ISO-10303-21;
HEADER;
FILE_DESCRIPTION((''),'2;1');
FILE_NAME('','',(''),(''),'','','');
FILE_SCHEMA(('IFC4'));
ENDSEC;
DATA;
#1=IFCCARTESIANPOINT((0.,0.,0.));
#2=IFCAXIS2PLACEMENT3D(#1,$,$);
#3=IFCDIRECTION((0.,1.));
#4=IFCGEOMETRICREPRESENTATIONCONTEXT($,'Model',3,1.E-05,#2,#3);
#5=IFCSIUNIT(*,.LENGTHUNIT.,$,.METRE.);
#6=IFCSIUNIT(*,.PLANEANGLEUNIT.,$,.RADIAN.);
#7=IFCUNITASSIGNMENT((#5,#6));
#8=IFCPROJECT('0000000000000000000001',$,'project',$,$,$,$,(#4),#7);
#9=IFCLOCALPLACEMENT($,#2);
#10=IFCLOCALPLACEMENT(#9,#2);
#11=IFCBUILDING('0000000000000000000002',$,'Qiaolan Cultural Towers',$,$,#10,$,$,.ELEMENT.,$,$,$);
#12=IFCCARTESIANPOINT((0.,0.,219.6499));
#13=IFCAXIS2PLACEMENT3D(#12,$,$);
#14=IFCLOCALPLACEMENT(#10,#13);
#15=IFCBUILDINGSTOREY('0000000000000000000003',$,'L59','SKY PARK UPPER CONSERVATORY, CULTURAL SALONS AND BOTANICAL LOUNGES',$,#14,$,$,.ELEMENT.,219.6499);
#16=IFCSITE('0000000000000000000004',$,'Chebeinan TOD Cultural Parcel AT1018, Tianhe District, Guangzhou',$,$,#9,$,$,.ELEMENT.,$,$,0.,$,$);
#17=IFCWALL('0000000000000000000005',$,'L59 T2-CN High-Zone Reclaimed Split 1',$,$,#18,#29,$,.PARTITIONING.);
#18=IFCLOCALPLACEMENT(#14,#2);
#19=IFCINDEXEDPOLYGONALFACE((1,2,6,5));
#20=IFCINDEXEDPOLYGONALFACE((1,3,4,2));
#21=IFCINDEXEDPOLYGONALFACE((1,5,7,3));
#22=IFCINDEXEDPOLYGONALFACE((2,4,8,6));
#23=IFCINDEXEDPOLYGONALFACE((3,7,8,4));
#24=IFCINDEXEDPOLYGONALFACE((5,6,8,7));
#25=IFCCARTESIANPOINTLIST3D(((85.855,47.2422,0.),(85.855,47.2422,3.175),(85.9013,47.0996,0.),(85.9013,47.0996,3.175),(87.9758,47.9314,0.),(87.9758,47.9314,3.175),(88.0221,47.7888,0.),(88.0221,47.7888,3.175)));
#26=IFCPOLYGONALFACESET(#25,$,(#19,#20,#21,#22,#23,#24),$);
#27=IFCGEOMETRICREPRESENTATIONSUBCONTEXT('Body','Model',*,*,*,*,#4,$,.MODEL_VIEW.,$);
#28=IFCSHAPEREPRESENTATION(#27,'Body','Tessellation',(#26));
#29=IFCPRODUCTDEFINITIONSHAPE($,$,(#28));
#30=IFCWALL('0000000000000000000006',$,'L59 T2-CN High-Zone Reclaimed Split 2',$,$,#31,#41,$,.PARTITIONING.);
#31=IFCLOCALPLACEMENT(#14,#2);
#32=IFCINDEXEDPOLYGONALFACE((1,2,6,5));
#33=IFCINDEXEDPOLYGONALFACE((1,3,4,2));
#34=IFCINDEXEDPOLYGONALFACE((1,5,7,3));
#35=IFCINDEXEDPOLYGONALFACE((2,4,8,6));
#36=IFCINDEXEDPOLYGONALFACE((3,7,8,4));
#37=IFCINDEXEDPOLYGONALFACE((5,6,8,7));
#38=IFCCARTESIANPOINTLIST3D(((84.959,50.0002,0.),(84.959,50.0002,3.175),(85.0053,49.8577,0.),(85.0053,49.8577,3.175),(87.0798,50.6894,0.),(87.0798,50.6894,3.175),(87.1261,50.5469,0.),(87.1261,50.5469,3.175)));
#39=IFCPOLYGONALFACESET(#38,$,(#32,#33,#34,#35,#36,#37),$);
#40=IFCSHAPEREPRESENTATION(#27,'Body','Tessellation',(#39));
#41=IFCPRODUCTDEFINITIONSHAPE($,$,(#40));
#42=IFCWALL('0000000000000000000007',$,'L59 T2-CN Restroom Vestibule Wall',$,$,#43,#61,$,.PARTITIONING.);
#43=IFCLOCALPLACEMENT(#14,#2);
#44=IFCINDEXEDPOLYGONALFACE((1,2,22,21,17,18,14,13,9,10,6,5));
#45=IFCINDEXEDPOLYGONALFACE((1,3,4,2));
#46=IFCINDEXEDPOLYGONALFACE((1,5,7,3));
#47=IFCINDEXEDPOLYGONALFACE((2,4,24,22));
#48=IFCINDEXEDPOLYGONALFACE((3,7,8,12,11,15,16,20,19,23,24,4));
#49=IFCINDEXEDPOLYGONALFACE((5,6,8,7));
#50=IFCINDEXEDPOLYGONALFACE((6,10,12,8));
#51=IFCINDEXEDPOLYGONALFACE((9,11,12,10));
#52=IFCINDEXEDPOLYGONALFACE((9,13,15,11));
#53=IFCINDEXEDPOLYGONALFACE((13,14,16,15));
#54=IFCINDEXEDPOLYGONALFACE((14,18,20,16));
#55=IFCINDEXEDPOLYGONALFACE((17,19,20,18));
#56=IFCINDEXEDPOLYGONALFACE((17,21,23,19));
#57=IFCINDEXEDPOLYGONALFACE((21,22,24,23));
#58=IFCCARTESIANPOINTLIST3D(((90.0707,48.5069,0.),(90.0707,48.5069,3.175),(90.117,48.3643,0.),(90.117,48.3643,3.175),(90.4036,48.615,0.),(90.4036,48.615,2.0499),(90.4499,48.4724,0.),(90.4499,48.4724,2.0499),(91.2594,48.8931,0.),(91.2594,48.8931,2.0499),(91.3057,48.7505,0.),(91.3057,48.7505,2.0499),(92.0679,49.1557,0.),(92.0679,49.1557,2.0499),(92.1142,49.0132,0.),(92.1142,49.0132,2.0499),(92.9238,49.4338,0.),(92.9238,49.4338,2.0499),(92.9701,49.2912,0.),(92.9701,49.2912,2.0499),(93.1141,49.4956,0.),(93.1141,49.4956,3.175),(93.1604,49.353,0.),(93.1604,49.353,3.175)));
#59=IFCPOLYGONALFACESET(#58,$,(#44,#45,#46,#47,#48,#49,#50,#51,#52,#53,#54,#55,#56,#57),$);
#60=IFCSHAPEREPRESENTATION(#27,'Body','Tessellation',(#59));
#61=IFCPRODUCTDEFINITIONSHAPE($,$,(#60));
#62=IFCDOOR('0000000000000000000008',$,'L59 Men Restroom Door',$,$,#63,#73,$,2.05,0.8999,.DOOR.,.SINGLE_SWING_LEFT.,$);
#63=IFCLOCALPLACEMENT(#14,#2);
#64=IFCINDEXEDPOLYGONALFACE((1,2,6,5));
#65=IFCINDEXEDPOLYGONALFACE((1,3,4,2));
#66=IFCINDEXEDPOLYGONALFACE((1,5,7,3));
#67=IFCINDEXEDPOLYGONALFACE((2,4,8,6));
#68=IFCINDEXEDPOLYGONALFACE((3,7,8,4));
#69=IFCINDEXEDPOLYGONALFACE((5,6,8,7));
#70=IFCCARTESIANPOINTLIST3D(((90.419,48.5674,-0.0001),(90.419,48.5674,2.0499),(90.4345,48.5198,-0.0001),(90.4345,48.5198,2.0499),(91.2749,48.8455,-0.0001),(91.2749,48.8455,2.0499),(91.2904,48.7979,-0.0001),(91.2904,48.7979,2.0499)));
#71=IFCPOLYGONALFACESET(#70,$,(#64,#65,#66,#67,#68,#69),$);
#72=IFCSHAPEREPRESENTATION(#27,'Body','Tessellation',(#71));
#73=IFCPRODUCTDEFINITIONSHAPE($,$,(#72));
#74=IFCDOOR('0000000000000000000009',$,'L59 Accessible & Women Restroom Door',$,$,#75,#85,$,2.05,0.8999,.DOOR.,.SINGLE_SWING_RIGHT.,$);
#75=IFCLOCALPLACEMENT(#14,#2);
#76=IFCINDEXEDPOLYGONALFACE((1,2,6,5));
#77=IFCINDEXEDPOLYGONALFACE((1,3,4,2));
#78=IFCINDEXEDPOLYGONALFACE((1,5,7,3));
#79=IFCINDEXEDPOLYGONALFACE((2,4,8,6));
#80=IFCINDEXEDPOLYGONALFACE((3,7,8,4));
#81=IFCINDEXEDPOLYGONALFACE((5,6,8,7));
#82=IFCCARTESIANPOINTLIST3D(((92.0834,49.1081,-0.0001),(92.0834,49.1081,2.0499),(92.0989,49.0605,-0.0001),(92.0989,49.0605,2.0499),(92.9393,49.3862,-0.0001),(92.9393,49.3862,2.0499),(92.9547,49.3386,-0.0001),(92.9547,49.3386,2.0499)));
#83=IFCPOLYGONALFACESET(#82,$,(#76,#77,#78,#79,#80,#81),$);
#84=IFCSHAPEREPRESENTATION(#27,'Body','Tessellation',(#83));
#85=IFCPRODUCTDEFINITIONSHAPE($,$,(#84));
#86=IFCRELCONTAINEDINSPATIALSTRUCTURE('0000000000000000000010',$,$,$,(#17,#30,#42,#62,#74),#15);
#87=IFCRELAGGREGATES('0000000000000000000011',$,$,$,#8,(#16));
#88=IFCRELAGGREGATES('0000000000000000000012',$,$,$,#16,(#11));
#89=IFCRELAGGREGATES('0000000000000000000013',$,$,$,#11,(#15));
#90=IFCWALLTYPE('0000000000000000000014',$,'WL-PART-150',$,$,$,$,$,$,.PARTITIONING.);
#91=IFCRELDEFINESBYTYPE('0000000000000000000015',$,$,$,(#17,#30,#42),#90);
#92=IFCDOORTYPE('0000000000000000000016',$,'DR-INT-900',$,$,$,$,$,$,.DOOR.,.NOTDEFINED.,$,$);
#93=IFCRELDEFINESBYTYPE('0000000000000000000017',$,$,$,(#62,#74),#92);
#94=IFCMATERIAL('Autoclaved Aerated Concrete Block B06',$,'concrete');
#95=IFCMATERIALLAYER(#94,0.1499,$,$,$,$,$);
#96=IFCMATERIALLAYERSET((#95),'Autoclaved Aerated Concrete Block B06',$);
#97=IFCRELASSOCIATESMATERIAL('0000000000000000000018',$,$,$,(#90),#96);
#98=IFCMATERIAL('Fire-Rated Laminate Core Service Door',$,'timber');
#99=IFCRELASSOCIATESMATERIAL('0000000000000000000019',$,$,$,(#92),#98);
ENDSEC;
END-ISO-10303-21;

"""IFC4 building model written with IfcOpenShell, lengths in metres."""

from ifc_helpers import new_model, si_unit, direction, frame, frame_2d, origin, place, context, subcontext, project, spatial, rectangle, extrude, material, layer, layer_set, type_object, element, fill, save


model = new_model("IFC4")

# Units and contexts
model_context = context("Model", 3, precision=1e-05, world=origin(), true_north=direction((0.0, 1.0)))
body_context = subcontext(model_context, "Body", "Model", "MODEL_VIEW")
ifc_project = project(units=[si_unit("LENGTHUNIT", "METRE"), si_unit("PLANEANGLEUNIT", "RADIAN")], contexts=[model_context])

# Site, building, storey
site_placement = place(None, origin())
site = spatial("IfcSite", under=ifc_project, at=site_placement, Name="Chebeinan TOD Cultural Parcel AT1018, Tianhe District, Guangzhou", CompositionType="ELEMENT", RefElevation=0.0)
building_placement = place(site_placement, origin())
building = spatial("IfcBuilding", under=site, at=building_placement, Name="Qiaolan Cultural Towers", CompositionType="ELEMENT")
storey_placement = place(building_placement, frame((0.0, 0.0, 219.6499)))
storey = spatial("IfcBuildingStorey", under=building, at=storey_placement, Name="L59", Description="SKY PARK UPPER CONSERVATORY, CULTURAL SALONS AND BOTANICAL LOUNGES", CompositionType="ELEMENT", Elevation=219.6499)

# Walls
ifc_material_1 = material(Name="Autoclaved Aerated Concrete Block B06", Category="concrete")
ifc_layer_1 = layer(ifc_material_1, 0.1499)
ifc_layer_set_1 = layer_set([ifc_layer_1], Name="Autoclaved Aerated Concrete Block B06")
wall_type_1 = type_object("IfcWallType", Name="WL-PART-150", PredefinedType="PARTITIONING", material=ifc_layer_set_1)
for number, where, z_axis, x_axis, name in (
    (1, (85.8782, 47.1709, 0.0), (0.0, 0.0, 1.0), (0.951043, 0.309059, 0.0), "L59 T2-CN High-Zone Reclaimed Split 1"),
    (2, (84.9822, 49.929, 0.0), (0.0, 0.0, 1.0), (0.951043, 0.309059, 0.0), "L59 T2-CN High-Zone Reclaimed Split 2"),
):
    element("IfcWall", number, at=place(storey_placement, frame(where, z_axis=z_axis, x_axis=x_axis)), inside=storey, type_object=wall_type_1, Name=name, PredefinedType="PARTITIONING", context=body_context, shape_type="SweptSolid", body=[
        extrude(rectangle(XDim=2.23, YDim=0.1499, at=frame_2d((1.115, 0.0))), origin(), (0.0, 0.0, 1.0), 3.175),
    ])

# Wall, openings, doors
wall_1_placement = place(storey_placement, frame((90.0938, 48.4355, 0.0), z_axis=(0.0, 0.0, 1.0), x_axis=(0.951067, 0.308986, 0.0)))
wall_1 = element("IfcWall", 3, at=wall_1_placement, inside=storey, type_object=wall_type_1, Name="L59 T2-CN Restroom Vestibule Wall", PredefinedType="PARTITIONING", context=body_context, shape_type="SweptSolid", body=[
    extrude(rectangle(XDim=3.2, YDim=0.1499, at=frame_2d((1.6001, 0.0))), origin(), (0.0, 0.0, 1.0), 3.175),
])
opening_1_placement = place(wall_1_placement, frame((0.3501, 0.0, 0.0)))
opening_1 = element("IfcOpeningElement", 4, at=opening_1_placement, cuts=wall_1, PredefinedType="OPENING", context=body_context, shape_type="SweptSolid", body=[
    extrude(rectangle(XDim=0.8999, YDim=2.05, at=frame_2d((0.45, 1.0249))), frame((0.0, 0.085, 0.0), z_axis=(0.0, -1.0, 0.0), x_axis=(1.0, 0.0, 0.0)), (0.0, 0.0, 1.0), 0.1699),
])
opening_2_placement = place(wall_1_placement, frame((2.1001, 0.0, 0.0)))
opening_2 = element("IfcOpeningElement", 5, at=opening_2_placement, cuts=wall_1, PredefinedType="OPENING", context=body_context, shape_type="SweptSolid", body=[
    extrude(rectangle(XDim=0.8999, YDim=2.05, at=frame_2d((0.45, 1.0249))), frame((0.0, 0.085, 0.0), z_axis=(0.0, -1.0, 0.0), x_axis=(1.0, 0.0, 0.0)), (0.0, 0.0, 1.0), 0.1699),
])
ifc_material_2 = material(Name="Fire-Rated Laminate Core Service Door", Category="timber")
door_type_1 = type_object("IfcDoorType", Name="DR-INT-900", OperationType="NOTDEFINED", PredefinedType="DOOR", material=ifc_material_2)
door_1_placement = place(opening_1_placement, origin())
door_1 = element("IfcDoor", 6, at=door_1_placement, inside=storey, type_object=door_type_1, Name="L59 Men Restroom Door", OperationType="SINGLE_SWING_LEFT", OverallHeight=2.05, OverallWidth=0.8999, PredefinedType="DOOR", context=body_context, shape_type="SweptSolid", body=[
    extrude(rectangle(XDim=0.8999, YDim=2.05, at=frame_2d((0.45, 1.0249))), frame((0.0, 0.0249, 0.0), z_axis=(0.0, -1.0, 0.0), x_axis=(1.0, 0.0, 0.0)), (0.0, 0.0, 1.0), 0.05),
])
fill(opening_1, door_1)
door_2_placement = place(opening_2_placement, origin())
door_2 = element("IfcDoor", 7, at=door_2_placement, inside=storey, type_object=door_type_1, Name="L59 Accessible & Women Restroom Door", OperationType="SINGLE_SWING_RIGHT", OverallHeight=2.05, OverallWidth=0.8999, PredefinedType="DOOR", context=body_context, shape_type="SweptSolid", body=[
    extrude(rectangle(XDim=0.8999, YDim=2.05, at=frame_2d((0.45, 1.0249))), frame((0.0, 0.0249, 0.0), z_axis=(0.0, -1.0, 0.0), x_axis=(1.0, 0.0, 0.0)), (0.0, 0.0, 1.0), 0.05),
])
fill(opening_2, door_2)

save(model, "model.ifc")
